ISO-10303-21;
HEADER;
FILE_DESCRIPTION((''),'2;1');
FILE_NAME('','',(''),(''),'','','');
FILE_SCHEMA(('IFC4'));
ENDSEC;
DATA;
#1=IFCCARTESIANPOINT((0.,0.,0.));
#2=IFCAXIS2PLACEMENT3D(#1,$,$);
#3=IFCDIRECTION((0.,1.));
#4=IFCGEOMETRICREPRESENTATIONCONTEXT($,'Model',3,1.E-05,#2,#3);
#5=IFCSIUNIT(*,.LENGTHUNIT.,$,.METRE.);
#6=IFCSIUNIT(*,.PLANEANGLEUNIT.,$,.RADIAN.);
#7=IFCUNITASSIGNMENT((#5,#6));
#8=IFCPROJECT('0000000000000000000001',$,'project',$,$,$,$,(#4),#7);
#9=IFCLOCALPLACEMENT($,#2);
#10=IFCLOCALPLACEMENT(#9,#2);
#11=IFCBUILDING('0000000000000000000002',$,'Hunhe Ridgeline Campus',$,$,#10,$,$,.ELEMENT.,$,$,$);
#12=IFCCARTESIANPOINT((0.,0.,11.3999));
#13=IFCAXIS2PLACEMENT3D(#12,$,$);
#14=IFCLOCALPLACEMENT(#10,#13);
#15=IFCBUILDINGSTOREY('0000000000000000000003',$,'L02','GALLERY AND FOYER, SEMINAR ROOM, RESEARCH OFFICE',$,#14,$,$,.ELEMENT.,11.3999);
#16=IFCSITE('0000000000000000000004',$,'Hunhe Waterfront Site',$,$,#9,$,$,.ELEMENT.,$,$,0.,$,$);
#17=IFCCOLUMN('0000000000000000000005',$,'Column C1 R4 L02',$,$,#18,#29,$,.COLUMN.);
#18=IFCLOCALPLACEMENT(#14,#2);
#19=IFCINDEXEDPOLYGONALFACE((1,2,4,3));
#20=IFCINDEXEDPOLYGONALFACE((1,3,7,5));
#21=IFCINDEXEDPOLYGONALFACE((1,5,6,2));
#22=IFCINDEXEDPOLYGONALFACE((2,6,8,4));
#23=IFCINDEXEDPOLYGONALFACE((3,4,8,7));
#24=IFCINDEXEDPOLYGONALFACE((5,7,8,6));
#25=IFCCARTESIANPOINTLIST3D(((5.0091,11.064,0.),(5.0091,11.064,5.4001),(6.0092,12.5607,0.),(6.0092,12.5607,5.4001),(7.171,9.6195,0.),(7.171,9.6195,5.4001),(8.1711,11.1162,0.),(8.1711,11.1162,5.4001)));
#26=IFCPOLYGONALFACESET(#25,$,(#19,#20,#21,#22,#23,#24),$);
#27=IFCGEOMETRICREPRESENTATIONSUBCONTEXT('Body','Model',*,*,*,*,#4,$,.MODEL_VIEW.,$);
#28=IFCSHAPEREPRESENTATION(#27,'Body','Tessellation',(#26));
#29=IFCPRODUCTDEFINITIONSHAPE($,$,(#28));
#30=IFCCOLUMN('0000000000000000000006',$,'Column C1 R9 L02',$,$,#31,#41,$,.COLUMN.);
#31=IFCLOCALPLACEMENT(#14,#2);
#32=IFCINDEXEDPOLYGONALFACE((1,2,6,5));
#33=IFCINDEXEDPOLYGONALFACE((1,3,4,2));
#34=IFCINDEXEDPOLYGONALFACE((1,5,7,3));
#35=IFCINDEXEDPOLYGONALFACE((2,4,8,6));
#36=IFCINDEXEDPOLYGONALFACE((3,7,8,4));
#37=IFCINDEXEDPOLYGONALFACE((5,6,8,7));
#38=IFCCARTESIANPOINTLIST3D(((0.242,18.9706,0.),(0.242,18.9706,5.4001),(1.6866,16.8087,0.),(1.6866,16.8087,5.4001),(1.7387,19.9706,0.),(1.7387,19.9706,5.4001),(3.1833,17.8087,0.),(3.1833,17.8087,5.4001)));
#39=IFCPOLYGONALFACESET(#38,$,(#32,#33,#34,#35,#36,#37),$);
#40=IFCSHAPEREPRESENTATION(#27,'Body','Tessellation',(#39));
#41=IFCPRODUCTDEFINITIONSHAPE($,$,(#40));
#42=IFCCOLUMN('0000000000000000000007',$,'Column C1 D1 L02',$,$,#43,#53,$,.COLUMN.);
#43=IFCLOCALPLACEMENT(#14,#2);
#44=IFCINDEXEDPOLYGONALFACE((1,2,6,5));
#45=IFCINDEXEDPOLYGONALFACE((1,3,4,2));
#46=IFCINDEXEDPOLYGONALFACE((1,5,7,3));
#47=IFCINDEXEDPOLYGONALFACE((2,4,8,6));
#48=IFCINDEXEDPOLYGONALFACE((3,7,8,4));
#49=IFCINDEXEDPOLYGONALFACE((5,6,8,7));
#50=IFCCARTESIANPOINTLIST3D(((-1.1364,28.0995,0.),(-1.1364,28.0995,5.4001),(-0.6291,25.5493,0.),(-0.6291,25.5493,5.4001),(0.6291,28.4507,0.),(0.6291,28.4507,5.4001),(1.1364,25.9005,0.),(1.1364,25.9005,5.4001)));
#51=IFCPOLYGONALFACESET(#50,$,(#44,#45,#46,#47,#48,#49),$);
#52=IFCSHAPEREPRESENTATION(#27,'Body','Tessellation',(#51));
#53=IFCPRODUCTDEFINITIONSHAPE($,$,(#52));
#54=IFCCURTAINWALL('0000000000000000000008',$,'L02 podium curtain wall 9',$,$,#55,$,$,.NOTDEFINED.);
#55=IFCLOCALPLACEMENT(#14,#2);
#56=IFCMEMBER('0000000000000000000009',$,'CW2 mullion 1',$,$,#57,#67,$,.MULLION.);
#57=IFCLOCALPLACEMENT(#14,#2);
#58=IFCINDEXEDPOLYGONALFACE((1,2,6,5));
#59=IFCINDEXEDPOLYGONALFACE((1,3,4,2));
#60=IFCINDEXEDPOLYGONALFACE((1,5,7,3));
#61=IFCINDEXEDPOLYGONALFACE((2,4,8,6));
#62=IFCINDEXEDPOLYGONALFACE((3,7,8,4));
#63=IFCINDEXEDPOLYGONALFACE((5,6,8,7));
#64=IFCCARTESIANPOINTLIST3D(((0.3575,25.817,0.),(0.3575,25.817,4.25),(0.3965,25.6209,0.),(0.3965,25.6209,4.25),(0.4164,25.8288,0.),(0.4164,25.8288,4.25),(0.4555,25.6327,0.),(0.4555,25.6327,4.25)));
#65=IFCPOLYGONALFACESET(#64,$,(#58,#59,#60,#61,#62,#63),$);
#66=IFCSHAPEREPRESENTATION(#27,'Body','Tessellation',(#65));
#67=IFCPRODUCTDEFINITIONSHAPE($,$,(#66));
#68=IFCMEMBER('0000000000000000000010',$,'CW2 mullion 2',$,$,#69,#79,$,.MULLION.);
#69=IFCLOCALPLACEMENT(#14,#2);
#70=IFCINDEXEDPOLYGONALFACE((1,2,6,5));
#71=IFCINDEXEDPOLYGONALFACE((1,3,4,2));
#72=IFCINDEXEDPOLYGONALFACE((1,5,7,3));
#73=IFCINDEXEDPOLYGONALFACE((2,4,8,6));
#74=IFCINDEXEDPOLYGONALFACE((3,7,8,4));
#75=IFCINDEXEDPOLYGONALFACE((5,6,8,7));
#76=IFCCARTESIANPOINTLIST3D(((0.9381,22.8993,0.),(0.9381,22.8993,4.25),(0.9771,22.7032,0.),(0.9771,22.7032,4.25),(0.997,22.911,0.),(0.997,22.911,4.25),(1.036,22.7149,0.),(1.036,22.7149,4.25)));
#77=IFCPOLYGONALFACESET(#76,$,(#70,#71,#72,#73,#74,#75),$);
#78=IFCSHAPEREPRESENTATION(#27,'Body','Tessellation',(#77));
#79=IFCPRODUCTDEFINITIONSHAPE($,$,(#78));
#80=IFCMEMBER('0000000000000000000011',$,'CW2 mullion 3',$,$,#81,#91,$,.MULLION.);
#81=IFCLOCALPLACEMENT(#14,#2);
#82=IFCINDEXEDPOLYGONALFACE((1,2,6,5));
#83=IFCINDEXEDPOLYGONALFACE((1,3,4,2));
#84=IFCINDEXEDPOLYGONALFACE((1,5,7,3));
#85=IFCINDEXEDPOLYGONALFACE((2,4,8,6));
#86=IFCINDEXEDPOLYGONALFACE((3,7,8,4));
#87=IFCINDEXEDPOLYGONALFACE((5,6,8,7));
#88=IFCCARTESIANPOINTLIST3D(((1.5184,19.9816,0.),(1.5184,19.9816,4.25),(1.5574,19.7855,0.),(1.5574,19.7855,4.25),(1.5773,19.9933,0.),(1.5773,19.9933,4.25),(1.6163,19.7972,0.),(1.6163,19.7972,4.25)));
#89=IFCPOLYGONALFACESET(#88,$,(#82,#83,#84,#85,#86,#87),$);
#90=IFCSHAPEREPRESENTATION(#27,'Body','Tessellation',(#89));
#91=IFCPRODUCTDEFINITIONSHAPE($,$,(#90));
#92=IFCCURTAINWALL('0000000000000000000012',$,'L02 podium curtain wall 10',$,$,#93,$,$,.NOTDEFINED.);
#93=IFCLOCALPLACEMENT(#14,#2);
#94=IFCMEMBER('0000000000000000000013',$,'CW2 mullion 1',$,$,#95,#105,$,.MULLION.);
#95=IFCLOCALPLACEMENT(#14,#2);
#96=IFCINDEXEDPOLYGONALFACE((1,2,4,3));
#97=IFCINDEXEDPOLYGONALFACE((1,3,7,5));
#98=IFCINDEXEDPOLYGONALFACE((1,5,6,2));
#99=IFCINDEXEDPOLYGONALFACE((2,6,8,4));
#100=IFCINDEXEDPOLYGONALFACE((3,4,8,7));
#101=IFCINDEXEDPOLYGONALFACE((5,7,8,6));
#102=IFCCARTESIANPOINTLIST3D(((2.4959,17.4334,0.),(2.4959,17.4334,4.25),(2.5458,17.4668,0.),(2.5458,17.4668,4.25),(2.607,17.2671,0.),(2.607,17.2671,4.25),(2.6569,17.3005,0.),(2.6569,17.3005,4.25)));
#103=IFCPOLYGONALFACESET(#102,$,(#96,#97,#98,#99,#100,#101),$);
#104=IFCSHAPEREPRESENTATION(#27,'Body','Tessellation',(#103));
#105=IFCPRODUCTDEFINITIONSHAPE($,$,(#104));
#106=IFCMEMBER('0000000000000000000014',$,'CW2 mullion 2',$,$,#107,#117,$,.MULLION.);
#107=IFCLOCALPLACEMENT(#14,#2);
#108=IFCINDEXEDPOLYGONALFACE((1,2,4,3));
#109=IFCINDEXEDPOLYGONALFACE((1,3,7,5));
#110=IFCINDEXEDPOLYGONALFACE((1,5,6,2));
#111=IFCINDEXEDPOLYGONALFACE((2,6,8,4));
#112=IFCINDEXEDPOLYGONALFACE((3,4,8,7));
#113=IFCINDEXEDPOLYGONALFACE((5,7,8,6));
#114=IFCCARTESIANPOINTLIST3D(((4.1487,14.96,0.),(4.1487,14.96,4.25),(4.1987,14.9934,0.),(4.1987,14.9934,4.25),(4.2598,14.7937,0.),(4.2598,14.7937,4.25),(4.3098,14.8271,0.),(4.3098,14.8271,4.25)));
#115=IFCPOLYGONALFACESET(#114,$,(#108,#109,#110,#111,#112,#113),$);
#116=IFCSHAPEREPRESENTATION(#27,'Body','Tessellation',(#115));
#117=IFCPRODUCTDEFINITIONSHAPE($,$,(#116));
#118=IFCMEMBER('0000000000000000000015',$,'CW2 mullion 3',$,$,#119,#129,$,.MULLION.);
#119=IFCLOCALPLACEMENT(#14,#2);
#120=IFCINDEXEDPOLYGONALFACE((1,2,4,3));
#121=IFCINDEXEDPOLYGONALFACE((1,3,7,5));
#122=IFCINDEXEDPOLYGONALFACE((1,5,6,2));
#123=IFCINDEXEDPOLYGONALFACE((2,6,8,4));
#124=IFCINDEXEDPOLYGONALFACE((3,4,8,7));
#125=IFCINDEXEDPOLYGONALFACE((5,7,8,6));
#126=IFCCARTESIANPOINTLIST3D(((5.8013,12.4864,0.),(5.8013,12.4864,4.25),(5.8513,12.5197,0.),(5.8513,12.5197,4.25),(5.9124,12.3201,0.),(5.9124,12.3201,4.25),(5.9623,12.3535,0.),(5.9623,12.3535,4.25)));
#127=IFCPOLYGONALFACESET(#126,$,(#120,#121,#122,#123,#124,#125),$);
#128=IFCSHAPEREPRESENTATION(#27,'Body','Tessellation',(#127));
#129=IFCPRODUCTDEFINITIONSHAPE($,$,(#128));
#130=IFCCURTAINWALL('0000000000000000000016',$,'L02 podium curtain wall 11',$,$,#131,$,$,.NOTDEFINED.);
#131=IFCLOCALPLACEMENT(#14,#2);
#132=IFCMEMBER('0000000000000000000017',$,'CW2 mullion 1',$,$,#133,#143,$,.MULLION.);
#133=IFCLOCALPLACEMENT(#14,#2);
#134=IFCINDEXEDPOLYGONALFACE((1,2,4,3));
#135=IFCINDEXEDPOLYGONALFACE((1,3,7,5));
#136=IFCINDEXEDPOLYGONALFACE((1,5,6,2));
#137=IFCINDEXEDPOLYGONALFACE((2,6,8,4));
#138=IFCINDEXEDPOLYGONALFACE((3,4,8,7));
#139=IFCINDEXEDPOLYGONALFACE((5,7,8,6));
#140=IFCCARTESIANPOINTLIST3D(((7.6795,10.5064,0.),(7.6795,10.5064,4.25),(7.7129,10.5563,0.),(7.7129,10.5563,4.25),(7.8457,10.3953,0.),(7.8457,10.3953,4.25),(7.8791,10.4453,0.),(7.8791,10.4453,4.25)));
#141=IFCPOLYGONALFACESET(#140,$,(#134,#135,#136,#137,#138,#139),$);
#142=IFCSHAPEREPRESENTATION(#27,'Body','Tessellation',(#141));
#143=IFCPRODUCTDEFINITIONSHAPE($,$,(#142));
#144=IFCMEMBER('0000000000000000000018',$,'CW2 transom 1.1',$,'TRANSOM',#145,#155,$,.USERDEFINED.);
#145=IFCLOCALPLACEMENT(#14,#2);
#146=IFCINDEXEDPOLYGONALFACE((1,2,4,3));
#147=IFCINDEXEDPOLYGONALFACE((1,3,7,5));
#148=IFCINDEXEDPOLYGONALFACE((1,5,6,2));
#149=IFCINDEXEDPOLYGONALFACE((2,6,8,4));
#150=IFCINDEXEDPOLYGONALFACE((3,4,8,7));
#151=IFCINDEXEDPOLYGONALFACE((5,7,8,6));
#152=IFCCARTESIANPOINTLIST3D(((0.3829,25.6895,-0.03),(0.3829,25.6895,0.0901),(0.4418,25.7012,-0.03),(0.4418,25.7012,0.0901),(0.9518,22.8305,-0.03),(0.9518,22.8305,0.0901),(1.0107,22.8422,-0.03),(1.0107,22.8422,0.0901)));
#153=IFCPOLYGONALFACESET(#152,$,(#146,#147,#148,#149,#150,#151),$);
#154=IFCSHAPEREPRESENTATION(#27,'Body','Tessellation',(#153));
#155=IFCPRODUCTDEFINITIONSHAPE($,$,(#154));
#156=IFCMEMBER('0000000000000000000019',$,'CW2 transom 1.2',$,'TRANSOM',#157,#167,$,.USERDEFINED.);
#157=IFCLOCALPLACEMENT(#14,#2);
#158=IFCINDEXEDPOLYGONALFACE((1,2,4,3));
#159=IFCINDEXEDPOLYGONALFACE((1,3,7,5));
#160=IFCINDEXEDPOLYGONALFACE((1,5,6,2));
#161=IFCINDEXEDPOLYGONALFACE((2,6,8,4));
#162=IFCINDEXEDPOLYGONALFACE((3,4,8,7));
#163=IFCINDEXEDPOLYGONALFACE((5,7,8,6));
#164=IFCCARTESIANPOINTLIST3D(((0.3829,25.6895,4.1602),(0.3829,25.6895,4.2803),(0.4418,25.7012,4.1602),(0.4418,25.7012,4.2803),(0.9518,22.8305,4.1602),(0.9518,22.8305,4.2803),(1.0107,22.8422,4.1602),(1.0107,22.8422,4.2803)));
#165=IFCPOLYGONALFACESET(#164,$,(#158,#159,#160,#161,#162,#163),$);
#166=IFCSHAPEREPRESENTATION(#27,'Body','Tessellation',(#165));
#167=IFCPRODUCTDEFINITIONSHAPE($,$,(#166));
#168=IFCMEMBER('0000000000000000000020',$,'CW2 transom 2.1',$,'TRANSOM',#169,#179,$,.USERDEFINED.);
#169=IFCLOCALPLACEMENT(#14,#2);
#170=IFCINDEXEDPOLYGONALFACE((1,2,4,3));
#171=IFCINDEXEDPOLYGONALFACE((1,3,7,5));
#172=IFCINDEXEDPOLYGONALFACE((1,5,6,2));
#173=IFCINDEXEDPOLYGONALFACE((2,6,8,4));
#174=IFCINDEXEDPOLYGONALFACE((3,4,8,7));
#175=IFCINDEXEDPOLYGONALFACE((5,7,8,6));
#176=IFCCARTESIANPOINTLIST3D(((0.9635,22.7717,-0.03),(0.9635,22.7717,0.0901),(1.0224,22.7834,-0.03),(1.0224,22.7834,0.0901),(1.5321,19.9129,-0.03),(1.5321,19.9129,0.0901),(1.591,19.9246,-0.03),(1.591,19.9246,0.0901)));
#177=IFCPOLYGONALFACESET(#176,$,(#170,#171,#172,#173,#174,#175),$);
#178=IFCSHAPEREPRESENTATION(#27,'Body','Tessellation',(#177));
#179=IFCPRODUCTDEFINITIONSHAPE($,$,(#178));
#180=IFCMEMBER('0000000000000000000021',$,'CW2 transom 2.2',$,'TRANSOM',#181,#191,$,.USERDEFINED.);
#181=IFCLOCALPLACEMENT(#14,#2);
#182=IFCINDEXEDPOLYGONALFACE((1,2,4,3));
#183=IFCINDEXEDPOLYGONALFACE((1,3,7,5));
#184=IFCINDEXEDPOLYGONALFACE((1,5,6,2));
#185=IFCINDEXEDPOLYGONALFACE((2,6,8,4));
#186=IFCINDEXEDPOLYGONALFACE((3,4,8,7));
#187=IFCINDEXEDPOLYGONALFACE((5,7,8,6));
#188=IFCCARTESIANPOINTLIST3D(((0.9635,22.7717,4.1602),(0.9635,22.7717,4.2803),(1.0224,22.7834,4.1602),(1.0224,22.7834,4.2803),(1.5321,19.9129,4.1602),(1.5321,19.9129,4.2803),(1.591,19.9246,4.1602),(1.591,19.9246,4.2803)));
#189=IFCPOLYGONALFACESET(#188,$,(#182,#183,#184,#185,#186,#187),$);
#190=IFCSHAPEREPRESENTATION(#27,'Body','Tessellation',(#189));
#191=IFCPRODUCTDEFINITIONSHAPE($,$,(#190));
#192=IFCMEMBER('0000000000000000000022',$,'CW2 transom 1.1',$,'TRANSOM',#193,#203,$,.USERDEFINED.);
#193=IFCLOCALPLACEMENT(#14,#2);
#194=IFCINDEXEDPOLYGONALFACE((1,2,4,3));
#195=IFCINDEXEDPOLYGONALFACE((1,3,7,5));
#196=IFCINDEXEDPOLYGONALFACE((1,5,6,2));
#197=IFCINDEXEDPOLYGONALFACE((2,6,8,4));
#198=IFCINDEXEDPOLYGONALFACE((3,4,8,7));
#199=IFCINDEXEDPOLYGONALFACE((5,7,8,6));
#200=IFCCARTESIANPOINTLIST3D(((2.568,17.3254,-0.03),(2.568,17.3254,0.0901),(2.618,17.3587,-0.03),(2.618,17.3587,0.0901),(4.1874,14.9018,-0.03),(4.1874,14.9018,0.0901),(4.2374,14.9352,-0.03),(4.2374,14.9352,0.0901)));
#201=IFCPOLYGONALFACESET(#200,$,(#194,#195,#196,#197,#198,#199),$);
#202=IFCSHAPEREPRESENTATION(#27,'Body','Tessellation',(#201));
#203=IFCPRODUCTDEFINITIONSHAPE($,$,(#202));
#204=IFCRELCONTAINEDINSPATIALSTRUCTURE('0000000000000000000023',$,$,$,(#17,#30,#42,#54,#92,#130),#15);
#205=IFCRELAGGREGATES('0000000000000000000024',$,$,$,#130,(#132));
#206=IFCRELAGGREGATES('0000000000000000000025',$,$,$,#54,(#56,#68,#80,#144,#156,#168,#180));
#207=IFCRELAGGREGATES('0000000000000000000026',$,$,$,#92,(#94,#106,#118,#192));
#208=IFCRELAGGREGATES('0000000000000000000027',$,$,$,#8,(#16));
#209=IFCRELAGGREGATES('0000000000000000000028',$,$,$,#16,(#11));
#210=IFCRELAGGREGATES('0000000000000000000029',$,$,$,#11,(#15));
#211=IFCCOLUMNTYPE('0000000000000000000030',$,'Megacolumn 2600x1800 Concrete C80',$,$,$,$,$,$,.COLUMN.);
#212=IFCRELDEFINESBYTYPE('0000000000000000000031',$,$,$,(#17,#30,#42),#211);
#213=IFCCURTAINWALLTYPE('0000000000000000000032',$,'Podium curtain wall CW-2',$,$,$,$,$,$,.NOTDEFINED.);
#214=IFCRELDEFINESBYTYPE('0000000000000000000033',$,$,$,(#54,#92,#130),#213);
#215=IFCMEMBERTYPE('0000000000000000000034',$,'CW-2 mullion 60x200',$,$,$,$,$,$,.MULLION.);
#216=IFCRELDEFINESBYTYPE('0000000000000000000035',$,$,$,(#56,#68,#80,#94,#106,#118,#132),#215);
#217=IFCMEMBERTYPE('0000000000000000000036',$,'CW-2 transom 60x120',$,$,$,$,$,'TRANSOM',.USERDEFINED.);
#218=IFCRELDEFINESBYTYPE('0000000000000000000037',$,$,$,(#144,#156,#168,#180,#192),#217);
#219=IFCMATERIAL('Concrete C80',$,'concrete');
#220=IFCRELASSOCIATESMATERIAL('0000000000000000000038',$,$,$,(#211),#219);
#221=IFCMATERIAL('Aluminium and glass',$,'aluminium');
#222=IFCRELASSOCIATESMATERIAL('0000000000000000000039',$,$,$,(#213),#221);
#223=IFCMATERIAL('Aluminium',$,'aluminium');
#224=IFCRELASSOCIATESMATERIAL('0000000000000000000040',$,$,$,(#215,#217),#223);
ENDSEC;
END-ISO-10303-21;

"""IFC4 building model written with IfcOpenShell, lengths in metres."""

from ifc_helpers import new_model, si_unit, direction, frame, origin, origin_2d, place, context, subcontext, project, spatial, rectangle, extrude, material, material_profile, profile_set, type_object, element, aggregate, save


model = new_model("IFC4")

# Units and contexts
model_context = context("Model", 3, precision=1e-05, world=origin(), true_north=direction((0.0, 1.0)))
body_context = subcontext(model_context, "Body", "Model", "MODEL_VIEW")
ifc_project = project(units=[si_unit("LENGTHUNIT", "METRE"), si_unit("PLANEANGLEUNIT", "RADIAN")], contexts=[model_context])

# Site, building, storey
site_placement = place(None, origin())
site = spatial("IfcSite", under=ifc_project, at=site_placement, Name="Hunhe Waterfront Site", CompositionType="ELEMENT", RefElevation=0.0)
building_placement = place(site_placement, origin())
building = spatial("IfcBuilding", under=site, at=building_placement, Name="Hunhe Ridgeline Campus", CompositionType="ELEMENT")
storey_placement = place(building_placement, frame((0.0, 0.0, 11.3999)))
storey = spatial("IfcBuildingStorey", under=building, at=storey_placement, Name="L02", Description="GALLERY AND FOYER, SEMINAR ROOM, RESEARCH OFFICE", CompositionType="ELEMENT", Elevation=11.3999)

# Columns
ifc_material_1 = material(Name="Concrete C80", Category="concrete")
ifc_material_profile_1 = material_profile(ifc_material_1, rectangle(XDim=2.6001, YDim=1.8, at=origin_2d()))
ifc_profile_set_1 = profile_set([ifc_material_profile_1], Name="Concrete C80")
column_type = type_object("IfcColumnType", Name="Megacolumn 2600x1800 Concrete C80", PredefinedType="COLUMN", material=ifc_profile_set_1)
for number, where, z_axis, x_axis, name in (
    (1, (6.5901, 11.0901, 0.0), (0.0, 0.0, 1.0), (-0.83147, 0.55557, 0.0), "Column C1 R4 L02"),
    (2, (1.7126, 18.3896, 0.0), (0.0, 0.0, 1.0), (-0.55557, 0.83147, 0.0), "Column C1 R9 L02"),
    (3, (0.0, 27.0, 0.0), (0.0, 0.0, 1.0), (-0.19509, 0.980785, 0.0), "Column C1 D1 L02"),
):
    element("IfcColumn", number, at=place(storey_placement, frame(where, z_axis=z_axis, x_axis=x_axis)), inside=storey, type_object=column_type, Name=name, PredefinedType="COLUMN", context=body_context, shape_type="SweptSolid", body=[
        extrude(rectangle(XDim=2.6001, YDim=1.8, at=origin_2d()), origin(), (0.0, 0.0, 1.0), 5.4001),
    ])

# Curtain walls, members
ifc_material_2 = material(Name="Aluminium and glass", Category="aluminium")
curtain_wall_type = type_object("IfcCurtainWallType", Name="Podium curtain wall CW-2", PredefinedType="NOTDEFINED", material=ifc_material_2)
curtain_wall_1_placement = place(storey_placement, origin())
curtain_wall_1 = element("IfcCurtainWall", 4, at=curtain_wall_1_placement, inside=storey, type_object=curtain_wall_type, Name="L02 podium curtain wall 9", PredefinedType="NOTDEFINED")
ifc_material_3 = material(Name="Aluminium", Category="aluminium")
ifc_material_profile_2 = material_profile(ifc_material_3, rectangle(XDim=0.0601, YDim=0.2, at=origin_2d()))
ifc_profile_set_2 = profile_set([ifc_material_profile_2], Name="Aluminium")
member_type_1 = type_object("IfcMemberType", Name="CW-2 mullion 60x200", PredefinedType="MULLION", material=ifc_profile_set_2)
member_1_placement = place(storey_placement, frame((0.4065, 25.7249, 0.0), z_axis=(0.0, 0.0, 1.0), x_axis=(0.980784, 0.195098, 0.0)))
member_1 = element("IfcMember", 5, at=member_1_placement, type_object=member_type_1, Name="CW2 mullion 1", PredefinedType="MULLION", context=body_context, shape_type="SweptSolid", body=[
    extrude(rectangle(XDim=0.0601, YDim=0.2, at=origin_2d()), origin(), (0.0, 0.0, 1.0), 4.25),
])
member_2_placement = place(storey_placement, frame((0.9871, 22.8071, 0.0), z_axis=(0.0, 0.0, 1.0), x_axis=(0.980784, 0.195098, 0.0)))
member_2 = element("IfcMember", 6, at=member_2_placement, type_object=member_type_1, Name="CW2 mullion 2", PredefinedType="MULLION", context=body_context, shape_type="SweptSolid", body=[
    extrude(rectangle(XDim=0.0601, YDim=0.2, at=origin_2d()), origin(), (0.0, 0.0, 1.0), 4.25),
])
member_3_placement = place(storey_placement, frame((1.5674, 19.8894, 0.0), z_axis=(0.0, 0.0, 1.0), x_axis=(0.980784, 0.195098, 0.0)))
member_3 = element("IfcMember", 7, at=member_3_placement, type_object=member_type_1, Name="CW2 mullion 3", PredefinedType="MULLION", context=body_context, shape_type="SweptSolid", body=[
    extrude(rectangle(XDim=0.0601, YDim=0.2, at=origin_2d()), origin(), (0.0, 0.0, 1.0), 4.25),
])
curtain_wall_2_placement = place(storey_placement, origin())
curtain_wall_2 = element("IfcCurtainWall", 8, at=curtain_wall_2_placement, inside=storey, type_object=curtain_wall_type, Name="L02 podium curtain wall 10", PredefinedType="NOTDEFINED")
member_4_placement = place(storey_placement, frame((2.5764, 17.3669, 0.0), z_axis=(0.0, 0.0, 1.0), x_axis=(0.831464, 0.555579, 0.0)))
member_4 = element("IfcMember", 9, at=member_4_placement, type_object=member_type_1, Name="CW2 mullion 1", PredefinedType="MULLION", context=body_context, shape_type="SweptSolid", body=[
    extrude(rectangle(XDim=0.0601, YDim=0.2, at=origin_2d()), origin(), (0.0, 0.0, 1.0), 4.25),
])
member_5_placement = place(storey_placement, frame((4.2292, 14.8936, 0.0), z_axis=(0.0, 0.0, 1.0), x_axis=(0.831464, 0.555579, 0.0)))
member_5 = element("IfcMember", 10, at=member_5_placement, type_object=member_type_1, Name="CW2 mullion 2", PredefinedType="MULLION", context=body_context, shape_type="SweptSolid", body=[
    extrude(rectangle(XDim=0.0601, YDim=0.2, at=origin_2d()), origin(), (0.0, 0.0, 1.0), 4.25),
])
member_6_placement = place(storey_placement, frame((5.8818, 12.4199, 0.0), z_axis=(0.0, 0.0, 1.0), x_axis=(0.831464, 0.555579, 0.0)))
member_6 = element("IfcMember", 11, at=member_6_placement, type_object=member_type_1, Name="CW2 mullion 3", PredefinedType="MULLION", context=body_context, shape_type="SweptSolid", body=[
    extrude(rectangle(XDim=0.0601, YDim=0.2, at=origin_2d()), origin(), (0.0, 0.0, 1.0), 4.25),
])

# Curtain wall, member
curtain_wall_3_placement = place(storey_placement, origin())
curtain_wall_3 = element("IfcCurtainWall", 12, at=curtain_wall_3_placement, inside=storey, type_object=curtain_wall_type, Name="L02 podium curtain wall 11", PredefinedType="NOTDEFINED")
member_7_placement = place(storey_placement, frame((7.7793, 10.4758, 0.0), z_axis=(0.0, 0.0, 1.0), x_axis=(0.555572, 0.831469, 0.0)))
member_7 = element("IfcMember", 13, at=member_7_placement, type_object=member_type_1, Name="CW2 mullion 1", PredefinedType="MULLION", context=body_context, shape_type="SweptSolid", body=[
    extrude(rectangle(XDim=0.0601, YDim=0.2, at=origin_2d()), origin(), (0.0, 0.0, 1.0), 4.25),
])

# Members
ifc_material_profile_3 = material_profile(ifc_material_3, rectangle(XDim=0.0601, YDim=0.1201, at=origin_2d()))
ifc_profile_set_3 = profile_set([ifc_material_profile_3], Name="Aluminium")
member_type_2 = type_object("IfcMemberType", Name="CW-2 transom 60x120", ElementType="TRANSOM", PredefinedType="USERDEFINED", material=ifc_profile_set_3)
member_8_placement = place(storey_placement, frame((0.4124, 25.6953, 0.03), z_axis=(0.19515, -0.980773, 0.0), x_axis=(0.980773, 0.19515, 0.0)))
member_8 = element("IfcMember", 14, at=member_8_placement, type_object=member_type_2, Name="CW2 transom 1.1", ObjectType="TRANSOM", PredefinedType="USERDEFINED", context=body_context, shape_type="SweptSolid", body=[
    extrude(rectangle(XDim=0.0601, YDim=0.1201, at=origin_2d()), origin(), (0.0, 0.0, 1.0), 2.915),
])
member_9_placement = place(storey_placement, frame((0.4124, 25.6953, 4.2202), z_axis=(0.19515, -0.980773, 0.0), x_axis=(0.980773, 0.19515, 0.0)))
member_9 = element("IfcMember", 15, at=member_9_placement, type_object=member_type_2, Name="CW2 transom 1.2", ObjectType="TRANSOM", PredefinedType="USERDEFINED", context=body_context, shape_type="SweptSolid", body=[
    extrude(rectangle(XDim=0.0601, YDim=0.1201, at=origin_2d()), origin(), (0.0, 0.0, 1.0), 2.915),
])
member_10_placement = place(storey_placement, frame((0.9929, 22.7776, 0.03), z_axis=(0.195069, -0.98079, 0.0), x_axis=(0.98079, 0.195069, 0.0)))
member_10 = element("IfcMember", 16, at=member_10_placement, type_object=member_type_2, Name="CW2 transom 2.1", ObjectType="TRANSOM", PredefinedType="USERDEFINED", context=body_context, shape_type="SweptSolid", body=[
    extrude(rectangle(XDim=0.0601, YDim=0.1201, at=origin_2d()), origin(), (0.0, 0.0, 1.0), 2.9148),
])
member_11_placement = place(storey_placement, frame((0.9929, 22.7776, 4.2202), z_axis=(0.195069, -0.98079, 0.0), x_axis=(0.98079, 0.195069, 0.0)))
member_11 = element("IfcMember", 17, at=member_11_placement, type_object=member_type_2, Name="CW2 transom 2.2", ObjectType="TRANSOM", PredefinedType="USERDEFINED", context=body_context, shape_type="SweptSolid", body=[
    extrude(rectangle(XDim=0.0601, YDim=0.1201, at=origin_2d()), origin(), (0.0, 0.0, 1.0), 2.9148),
])
member_12_placement = place(storey_placement, frame((2.593, 17.342, 0.03), z_axis=(0.55557, -0.83147, 0.0), x_axis=(0.83147, 0.55557, 0.0)))
member_12 = element("IfcMember", 18, at=member_12_placement, type_object=member_type_2, Name="CW2 transom 1.1", ObjectType="TRANSOM", PredefinedType="USERDEFINED", context=body_context, shape_type="SweptSolid", body=[
    extrude(rectangle(XDim=0.0601, YDim=0.1201, at=origin_2d()), origin(), (0.0, 0.0, 1.0), 2.9148),
])
aggregate(curtain_wall_3, [member_7])

aggregate(curtain_wall_1, [member_1, member_2, member_3, member_8, member_9, member_10, member_11])
aggregate(curtain_wall_2, [member_4, member_5, member_6, member_12])

save(model, "model.ifc")
